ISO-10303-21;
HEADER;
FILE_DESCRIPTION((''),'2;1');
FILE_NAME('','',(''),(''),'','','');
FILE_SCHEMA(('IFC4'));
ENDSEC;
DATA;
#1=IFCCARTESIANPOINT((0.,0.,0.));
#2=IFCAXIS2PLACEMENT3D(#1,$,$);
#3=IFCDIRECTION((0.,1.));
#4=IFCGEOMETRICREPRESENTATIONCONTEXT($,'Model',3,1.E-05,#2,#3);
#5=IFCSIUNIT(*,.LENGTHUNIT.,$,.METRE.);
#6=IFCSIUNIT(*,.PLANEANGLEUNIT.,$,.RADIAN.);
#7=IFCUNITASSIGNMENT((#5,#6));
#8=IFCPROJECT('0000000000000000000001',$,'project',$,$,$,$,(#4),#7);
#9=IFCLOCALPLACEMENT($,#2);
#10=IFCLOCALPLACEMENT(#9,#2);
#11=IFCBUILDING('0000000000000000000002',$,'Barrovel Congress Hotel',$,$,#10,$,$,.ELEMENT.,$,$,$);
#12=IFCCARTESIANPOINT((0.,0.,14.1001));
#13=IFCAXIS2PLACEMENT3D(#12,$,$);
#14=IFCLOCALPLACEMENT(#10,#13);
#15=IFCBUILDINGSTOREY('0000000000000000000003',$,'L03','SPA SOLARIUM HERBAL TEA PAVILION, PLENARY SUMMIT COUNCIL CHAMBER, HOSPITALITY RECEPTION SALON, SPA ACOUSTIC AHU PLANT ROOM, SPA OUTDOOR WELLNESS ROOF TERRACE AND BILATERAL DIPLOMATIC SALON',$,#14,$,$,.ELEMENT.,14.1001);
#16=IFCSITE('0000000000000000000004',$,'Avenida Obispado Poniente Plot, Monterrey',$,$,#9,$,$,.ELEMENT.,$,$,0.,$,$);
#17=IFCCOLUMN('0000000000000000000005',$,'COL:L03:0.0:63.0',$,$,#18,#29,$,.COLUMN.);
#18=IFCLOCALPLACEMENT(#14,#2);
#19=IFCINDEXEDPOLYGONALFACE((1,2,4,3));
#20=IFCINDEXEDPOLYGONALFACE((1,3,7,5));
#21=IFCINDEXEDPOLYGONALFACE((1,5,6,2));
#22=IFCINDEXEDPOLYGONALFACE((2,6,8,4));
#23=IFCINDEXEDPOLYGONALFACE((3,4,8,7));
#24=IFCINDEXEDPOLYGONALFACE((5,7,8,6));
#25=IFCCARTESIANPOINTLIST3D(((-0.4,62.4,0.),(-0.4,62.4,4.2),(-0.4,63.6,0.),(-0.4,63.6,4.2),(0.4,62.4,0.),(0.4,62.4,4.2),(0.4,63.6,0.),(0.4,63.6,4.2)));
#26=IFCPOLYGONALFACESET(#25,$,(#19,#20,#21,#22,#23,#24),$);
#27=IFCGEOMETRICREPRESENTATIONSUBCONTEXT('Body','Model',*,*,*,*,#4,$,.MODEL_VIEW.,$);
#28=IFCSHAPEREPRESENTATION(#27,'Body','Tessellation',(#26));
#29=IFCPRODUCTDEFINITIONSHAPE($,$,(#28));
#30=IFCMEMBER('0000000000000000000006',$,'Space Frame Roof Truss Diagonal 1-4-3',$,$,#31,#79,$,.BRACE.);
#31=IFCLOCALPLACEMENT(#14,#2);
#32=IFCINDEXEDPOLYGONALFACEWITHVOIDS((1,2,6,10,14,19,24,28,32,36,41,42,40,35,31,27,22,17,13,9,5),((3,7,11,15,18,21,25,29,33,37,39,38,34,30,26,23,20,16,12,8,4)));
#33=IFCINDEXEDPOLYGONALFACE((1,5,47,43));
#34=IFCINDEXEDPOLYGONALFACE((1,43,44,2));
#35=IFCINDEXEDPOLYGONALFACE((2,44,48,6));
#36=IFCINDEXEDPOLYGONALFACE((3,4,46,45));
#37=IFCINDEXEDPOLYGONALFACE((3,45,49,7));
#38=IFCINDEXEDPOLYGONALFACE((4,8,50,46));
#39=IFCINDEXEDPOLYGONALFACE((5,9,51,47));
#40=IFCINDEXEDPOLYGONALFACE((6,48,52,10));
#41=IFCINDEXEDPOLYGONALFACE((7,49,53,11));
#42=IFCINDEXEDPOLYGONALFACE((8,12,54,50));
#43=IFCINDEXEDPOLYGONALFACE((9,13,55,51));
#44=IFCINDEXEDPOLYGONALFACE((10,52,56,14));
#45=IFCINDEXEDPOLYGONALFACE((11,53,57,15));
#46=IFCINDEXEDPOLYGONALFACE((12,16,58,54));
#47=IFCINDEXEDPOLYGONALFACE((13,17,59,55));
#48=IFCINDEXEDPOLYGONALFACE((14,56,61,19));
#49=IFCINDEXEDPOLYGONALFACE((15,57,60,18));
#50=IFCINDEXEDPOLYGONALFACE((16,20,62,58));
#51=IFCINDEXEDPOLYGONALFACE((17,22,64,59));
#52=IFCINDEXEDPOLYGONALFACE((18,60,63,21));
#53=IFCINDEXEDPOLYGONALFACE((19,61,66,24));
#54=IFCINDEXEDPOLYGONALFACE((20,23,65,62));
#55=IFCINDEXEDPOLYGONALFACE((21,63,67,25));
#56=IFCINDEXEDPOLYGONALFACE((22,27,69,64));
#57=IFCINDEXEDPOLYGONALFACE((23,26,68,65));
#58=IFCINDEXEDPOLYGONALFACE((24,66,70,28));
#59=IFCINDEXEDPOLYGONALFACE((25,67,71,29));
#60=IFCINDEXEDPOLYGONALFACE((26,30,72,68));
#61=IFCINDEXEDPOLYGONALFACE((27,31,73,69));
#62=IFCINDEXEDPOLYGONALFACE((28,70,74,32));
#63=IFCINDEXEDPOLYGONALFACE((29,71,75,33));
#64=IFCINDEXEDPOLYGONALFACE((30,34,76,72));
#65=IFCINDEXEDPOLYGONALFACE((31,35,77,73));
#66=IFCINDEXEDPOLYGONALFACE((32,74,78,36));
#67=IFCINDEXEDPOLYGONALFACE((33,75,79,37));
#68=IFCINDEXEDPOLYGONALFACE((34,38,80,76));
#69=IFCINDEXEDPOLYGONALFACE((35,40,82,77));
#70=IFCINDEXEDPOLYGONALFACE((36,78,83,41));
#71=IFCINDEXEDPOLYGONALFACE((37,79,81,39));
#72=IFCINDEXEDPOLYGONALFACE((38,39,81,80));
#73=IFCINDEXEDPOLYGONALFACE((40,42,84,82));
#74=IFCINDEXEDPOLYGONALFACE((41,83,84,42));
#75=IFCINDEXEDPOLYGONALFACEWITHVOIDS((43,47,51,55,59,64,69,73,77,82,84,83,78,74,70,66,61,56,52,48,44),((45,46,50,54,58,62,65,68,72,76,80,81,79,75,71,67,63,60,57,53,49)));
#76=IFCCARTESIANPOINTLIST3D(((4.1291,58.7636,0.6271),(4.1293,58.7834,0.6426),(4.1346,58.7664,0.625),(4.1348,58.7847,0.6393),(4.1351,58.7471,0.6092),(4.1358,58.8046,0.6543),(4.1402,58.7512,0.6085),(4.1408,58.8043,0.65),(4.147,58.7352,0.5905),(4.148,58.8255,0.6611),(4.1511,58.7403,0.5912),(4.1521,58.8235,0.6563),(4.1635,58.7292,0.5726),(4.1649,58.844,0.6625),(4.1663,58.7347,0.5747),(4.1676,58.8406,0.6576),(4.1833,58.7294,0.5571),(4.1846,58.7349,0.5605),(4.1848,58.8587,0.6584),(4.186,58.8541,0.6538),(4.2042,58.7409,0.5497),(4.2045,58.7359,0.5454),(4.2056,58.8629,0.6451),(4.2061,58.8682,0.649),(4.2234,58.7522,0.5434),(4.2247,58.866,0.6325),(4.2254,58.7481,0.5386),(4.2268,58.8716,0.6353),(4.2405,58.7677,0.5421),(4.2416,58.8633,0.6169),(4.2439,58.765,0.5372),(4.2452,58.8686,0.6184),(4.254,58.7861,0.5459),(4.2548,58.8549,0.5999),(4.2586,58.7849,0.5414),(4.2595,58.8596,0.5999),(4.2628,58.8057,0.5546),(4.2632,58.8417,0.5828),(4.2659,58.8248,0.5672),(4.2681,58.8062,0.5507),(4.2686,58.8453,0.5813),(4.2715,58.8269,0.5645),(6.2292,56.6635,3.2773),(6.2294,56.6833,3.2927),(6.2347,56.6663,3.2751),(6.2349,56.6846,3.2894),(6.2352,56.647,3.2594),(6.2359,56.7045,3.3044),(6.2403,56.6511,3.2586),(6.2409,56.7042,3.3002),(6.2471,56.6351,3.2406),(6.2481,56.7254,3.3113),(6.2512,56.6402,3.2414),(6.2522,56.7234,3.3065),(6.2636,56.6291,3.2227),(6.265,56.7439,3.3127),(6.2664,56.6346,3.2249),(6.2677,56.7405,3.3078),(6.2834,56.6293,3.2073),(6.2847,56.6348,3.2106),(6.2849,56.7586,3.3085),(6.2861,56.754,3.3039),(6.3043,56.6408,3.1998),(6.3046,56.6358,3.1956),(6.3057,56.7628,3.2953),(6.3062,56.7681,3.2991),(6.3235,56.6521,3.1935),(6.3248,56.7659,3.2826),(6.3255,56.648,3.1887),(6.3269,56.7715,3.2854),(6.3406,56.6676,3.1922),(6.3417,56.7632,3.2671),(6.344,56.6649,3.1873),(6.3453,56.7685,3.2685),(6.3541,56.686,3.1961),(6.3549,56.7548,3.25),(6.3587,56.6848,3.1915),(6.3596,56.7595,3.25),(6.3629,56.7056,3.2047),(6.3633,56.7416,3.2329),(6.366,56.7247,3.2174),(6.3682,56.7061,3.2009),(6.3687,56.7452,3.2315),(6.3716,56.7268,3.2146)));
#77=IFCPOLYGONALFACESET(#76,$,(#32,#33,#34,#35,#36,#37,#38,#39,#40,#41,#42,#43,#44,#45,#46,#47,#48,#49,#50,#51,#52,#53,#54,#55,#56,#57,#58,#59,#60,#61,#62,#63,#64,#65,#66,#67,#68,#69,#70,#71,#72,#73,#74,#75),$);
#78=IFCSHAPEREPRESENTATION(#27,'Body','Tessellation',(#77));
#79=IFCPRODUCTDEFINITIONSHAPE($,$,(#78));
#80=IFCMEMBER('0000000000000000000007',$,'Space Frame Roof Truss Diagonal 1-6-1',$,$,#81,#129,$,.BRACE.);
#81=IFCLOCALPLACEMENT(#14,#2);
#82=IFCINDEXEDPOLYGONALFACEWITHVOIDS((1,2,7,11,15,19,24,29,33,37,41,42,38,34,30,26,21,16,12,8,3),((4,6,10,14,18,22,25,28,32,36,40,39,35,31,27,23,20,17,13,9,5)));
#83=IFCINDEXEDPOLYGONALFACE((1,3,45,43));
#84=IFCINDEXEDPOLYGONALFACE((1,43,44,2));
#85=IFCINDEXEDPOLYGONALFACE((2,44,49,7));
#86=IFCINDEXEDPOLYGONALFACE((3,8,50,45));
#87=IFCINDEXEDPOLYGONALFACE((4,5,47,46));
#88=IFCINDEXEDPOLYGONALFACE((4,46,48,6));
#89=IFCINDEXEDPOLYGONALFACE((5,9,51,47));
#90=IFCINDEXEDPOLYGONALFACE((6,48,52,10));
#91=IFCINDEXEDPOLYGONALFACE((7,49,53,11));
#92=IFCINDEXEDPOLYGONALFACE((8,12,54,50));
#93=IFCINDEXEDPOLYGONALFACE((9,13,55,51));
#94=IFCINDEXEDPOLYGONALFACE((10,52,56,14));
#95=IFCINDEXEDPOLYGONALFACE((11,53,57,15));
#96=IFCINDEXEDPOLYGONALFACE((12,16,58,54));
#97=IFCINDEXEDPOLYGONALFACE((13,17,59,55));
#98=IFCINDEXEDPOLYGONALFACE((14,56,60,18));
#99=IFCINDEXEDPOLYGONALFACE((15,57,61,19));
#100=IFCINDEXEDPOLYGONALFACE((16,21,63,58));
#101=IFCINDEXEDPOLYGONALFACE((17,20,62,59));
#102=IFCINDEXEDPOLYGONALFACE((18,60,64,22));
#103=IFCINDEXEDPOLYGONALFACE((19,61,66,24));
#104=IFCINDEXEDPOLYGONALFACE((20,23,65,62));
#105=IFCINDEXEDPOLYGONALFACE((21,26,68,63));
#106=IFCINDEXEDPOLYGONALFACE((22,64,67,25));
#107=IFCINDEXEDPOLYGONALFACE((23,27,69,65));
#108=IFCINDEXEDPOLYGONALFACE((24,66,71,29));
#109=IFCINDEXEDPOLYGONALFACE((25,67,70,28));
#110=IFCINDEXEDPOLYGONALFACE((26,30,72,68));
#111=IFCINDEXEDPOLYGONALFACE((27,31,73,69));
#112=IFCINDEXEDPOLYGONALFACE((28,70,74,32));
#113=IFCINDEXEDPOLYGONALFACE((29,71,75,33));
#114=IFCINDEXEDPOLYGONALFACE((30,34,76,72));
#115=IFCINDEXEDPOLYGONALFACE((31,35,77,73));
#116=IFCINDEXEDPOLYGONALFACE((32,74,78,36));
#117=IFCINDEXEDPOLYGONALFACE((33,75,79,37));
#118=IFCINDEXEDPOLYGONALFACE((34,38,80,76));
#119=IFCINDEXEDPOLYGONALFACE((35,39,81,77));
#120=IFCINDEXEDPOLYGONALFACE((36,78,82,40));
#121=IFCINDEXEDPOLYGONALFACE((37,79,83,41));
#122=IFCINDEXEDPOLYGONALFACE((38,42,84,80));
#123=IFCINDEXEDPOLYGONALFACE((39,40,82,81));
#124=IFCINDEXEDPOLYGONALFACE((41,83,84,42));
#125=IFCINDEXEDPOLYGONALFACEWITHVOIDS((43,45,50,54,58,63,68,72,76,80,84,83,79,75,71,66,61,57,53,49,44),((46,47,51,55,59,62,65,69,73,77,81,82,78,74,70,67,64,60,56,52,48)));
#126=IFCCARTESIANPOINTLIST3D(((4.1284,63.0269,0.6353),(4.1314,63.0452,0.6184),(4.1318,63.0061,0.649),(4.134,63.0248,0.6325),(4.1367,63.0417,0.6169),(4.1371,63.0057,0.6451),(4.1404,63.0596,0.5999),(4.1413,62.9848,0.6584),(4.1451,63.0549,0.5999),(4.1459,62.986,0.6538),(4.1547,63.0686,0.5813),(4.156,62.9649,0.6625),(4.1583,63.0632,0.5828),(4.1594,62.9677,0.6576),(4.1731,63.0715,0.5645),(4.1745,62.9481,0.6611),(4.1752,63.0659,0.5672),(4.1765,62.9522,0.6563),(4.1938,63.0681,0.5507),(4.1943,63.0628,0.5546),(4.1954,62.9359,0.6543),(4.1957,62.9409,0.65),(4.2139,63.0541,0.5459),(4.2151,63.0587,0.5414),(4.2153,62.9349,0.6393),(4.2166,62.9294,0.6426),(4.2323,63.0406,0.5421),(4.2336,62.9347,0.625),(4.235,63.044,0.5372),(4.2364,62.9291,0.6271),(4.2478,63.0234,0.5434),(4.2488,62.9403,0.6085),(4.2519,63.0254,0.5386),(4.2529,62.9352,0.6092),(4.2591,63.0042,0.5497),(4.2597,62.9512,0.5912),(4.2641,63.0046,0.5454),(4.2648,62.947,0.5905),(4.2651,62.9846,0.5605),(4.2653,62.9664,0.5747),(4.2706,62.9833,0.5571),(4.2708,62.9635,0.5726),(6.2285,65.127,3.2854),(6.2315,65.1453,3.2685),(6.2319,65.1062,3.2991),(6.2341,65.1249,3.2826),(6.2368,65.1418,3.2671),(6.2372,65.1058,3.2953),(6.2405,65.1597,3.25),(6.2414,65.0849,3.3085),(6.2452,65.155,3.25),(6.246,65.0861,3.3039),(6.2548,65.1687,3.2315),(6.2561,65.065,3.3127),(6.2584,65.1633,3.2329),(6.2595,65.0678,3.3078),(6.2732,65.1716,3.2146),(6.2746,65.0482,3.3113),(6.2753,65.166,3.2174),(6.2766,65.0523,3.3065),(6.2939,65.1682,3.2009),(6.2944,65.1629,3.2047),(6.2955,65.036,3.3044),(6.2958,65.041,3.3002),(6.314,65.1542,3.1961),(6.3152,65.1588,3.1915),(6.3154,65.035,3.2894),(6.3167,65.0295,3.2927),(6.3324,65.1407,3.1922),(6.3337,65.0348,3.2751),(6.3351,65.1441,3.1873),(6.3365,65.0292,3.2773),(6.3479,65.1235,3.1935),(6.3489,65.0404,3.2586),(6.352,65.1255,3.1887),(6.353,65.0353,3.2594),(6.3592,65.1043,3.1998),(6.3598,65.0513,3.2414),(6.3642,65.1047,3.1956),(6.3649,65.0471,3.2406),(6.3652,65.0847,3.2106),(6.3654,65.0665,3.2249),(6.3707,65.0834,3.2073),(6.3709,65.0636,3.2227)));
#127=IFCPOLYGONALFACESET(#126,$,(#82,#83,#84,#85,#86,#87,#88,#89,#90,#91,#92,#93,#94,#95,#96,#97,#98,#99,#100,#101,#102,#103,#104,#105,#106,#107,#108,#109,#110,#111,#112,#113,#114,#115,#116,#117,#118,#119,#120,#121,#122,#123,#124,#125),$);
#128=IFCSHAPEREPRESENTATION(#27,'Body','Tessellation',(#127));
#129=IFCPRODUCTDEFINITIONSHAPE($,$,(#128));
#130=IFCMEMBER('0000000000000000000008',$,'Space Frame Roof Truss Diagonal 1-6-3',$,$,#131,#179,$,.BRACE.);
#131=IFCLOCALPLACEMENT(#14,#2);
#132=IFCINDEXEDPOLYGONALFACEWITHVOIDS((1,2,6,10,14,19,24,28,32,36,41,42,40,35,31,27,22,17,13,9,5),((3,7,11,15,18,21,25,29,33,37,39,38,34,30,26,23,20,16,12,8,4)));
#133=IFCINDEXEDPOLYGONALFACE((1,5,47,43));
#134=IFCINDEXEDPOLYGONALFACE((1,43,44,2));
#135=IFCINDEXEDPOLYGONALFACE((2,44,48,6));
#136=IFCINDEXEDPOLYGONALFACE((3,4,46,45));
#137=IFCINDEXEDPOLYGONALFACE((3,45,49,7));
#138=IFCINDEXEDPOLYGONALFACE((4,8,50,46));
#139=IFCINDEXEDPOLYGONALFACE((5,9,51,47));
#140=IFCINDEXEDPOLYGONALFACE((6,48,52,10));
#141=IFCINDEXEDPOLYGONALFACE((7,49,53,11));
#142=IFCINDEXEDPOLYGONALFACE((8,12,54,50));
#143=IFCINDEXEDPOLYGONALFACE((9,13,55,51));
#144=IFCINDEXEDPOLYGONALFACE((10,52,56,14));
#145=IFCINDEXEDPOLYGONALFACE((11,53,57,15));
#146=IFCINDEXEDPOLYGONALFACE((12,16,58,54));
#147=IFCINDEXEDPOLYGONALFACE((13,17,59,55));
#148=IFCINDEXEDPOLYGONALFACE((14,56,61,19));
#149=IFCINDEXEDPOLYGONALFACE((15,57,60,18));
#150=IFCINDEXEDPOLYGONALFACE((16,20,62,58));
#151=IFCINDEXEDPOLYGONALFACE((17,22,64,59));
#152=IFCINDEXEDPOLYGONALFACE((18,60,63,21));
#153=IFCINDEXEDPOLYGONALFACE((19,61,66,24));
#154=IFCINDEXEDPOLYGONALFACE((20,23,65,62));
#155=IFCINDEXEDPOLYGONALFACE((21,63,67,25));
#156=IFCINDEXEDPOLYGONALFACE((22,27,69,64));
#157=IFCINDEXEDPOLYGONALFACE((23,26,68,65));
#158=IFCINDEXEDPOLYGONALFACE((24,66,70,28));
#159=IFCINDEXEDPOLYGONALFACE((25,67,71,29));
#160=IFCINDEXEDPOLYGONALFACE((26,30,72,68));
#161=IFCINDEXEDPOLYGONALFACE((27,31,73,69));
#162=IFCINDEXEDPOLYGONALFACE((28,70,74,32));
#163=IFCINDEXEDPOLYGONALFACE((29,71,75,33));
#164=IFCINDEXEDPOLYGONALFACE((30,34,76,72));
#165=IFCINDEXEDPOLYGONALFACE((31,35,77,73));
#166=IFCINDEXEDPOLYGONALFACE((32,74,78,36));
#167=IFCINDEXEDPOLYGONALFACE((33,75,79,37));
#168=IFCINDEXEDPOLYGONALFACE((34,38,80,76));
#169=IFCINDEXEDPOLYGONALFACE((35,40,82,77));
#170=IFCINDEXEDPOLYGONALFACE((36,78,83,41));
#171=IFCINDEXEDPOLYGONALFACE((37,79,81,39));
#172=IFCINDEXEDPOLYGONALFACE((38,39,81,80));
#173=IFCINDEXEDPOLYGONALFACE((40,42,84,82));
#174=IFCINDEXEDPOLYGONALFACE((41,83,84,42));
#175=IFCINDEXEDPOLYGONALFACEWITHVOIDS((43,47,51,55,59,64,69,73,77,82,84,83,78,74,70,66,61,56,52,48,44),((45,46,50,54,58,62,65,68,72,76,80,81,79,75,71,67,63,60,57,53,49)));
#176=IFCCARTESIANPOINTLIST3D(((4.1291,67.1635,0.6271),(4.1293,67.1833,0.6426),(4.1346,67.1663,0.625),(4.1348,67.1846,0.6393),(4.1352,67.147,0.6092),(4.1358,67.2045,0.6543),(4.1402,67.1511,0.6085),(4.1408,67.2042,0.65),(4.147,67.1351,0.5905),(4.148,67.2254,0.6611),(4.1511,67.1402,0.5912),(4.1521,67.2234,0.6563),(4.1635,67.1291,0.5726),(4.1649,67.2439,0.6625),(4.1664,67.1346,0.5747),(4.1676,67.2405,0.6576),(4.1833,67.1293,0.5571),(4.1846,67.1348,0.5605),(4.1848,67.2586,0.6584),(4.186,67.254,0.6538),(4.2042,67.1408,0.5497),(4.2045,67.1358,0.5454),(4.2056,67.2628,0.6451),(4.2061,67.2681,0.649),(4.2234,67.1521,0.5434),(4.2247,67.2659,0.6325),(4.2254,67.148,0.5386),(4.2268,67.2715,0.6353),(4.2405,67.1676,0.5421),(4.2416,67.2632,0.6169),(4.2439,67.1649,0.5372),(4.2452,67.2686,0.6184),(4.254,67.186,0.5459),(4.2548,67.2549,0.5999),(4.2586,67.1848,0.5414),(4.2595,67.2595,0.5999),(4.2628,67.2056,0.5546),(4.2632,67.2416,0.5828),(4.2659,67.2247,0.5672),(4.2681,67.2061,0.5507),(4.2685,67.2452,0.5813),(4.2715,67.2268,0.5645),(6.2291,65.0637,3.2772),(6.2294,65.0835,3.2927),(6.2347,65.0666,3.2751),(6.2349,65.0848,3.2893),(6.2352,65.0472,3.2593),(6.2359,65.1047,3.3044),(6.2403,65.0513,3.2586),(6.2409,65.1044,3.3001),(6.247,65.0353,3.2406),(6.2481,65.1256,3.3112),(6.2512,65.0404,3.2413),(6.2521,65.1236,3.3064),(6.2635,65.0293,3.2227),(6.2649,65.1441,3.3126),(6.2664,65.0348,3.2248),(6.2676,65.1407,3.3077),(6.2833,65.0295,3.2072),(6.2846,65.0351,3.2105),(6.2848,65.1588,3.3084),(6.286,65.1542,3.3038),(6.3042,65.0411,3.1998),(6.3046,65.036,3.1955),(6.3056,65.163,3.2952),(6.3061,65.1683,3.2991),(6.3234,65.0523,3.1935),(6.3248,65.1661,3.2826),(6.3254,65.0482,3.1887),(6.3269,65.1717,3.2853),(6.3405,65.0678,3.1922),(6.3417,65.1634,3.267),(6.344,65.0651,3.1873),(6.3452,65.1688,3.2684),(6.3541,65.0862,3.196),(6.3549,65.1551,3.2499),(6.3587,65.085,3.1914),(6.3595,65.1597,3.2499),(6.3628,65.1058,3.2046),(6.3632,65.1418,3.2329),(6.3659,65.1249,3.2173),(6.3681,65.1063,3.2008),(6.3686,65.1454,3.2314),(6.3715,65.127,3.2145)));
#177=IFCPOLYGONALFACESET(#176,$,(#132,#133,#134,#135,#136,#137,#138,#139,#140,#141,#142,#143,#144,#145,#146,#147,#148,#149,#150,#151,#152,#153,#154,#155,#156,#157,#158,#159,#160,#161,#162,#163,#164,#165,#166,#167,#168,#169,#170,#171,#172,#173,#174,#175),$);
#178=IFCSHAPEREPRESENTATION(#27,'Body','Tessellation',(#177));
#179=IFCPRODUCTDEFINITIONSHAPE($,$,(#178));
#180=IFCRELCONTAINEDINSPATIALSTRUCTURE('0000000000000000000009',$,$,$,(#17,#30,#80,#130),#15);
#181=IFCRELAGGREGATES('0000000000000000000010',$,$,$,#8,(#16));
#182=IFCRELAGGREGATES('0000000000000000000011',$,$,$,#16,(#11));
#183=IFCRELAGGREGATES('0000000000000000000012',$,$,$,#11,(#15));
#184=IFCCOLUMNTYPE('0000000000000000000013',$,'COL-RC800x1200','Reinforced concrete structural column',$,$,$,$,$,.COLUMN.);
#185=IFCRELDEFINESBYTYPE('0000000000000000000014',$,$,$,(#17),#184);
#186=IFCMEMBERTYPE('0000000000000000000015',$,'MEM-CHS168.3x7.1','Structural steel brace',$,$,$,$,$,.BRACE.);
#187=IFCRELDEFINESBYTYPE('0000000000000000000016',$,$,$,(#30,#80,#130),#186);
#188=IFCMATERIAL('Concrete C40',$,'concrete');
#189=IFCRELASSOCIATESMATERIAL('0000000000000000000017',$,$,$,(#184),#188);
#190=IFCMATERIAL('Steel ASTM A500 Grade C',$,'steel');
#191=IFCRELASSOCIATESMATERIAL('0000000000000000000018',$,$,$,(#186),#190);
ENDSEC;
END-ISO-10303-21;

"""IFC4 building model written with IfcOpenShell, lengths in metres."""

from ifc_helpers import new_model, si_unit, direction, frame, origin, origin_2d, place, context, subcontext, project, spatial, rectangle, hollow_circle, extrude, material, material_profile, profile_set, type_object, element, save


model = new_model("IFC4")

# Units and contexts
model_context = context("Model", 3, precision=1e-05, world=origin(), true_north=direction((0.0, 1.0)))
body_context = subcontext(model_context, "Body", "Model", "MODEL_VIEW")
ifc_project = project(units=[si_unit("LENGTHUNIT", "METRE"), si_unit("PLANEANGLEUNIT", "RADIAN")], contexts=[model_context])

# Site, building, storey
site_placement = place(None, origin())
site = spatial("IfcSite", under=ifc_project, at=site_placement, Name="Avenida Obispado Poniente Plot, Monterrey", CompositionType="ELEMENT", RefElevation=0.0)
building_placement = place(site_placement, origin())
building = spatial("IfcBuilding", under=site, at=building_placement, Name="Barrovel Congress Hotel", CompositionType="ELEMENT")
storey_placement = place(building_placement, frame((0.0, 0.0, 14.1001)))
storey = spatial("IfcBuildingStorey", under=building, at=storey_placement, Name="L03", Description="SPA SOLARIUM HERBAL TEA PAVILION, PLENARY SUMMIT COUNCIL CHAMBER, HOSPITALITY RECEPTION SALON, SPA ACOUSTIC AHU PLANT ROOM, SPA OUTDOOR WELLNESS ROOF TERRACE AND BILATERAL DIPLOMATIC SALON", CompositionType="ELEMENT", Elevation=14.1001)

# Column
ifc_material_1 = material(Name="Concrete C40", Category="concrete")
ifc_material_profile_1 = material_profile(ifc_material_1, rectangle(XDim=0.8, YDim=1.2, at=origin_2d()), Name="RC800x1200")
ifc_profile_set_1 = profile_set([ifc_material_profile_1], Name="Concrete C40")
column_type = type_object("IfcColumnType", Name="COL-RC800x1200", Description="Reinforced concrete structural column", PredefinedType="COLUMN", material=ifc_profile_set_1)
column_placement = place(storey_placement, frame((0.0, 63.0, 0.0), z_axis=(0.0, 0.0, 1.0), x_axis=(1.0, 0.0, 0.0)))
element("IfcColumn", 1, at=column_placement, inside=storey, type_object=column_type, Name="COL:L03:0.0:63.0", PredefinedType="COLUMN", context=body_context, shape_type="SweptSolid", body=[
    extrude(rectangle(XDim=0.8, YDim=1.2, at=origin_2d()), origin(), (0.0, 0.0, 1.0), 4.2),
])

# Members
ifc_material_2 = material(Name="Steel ASTM A500 Grade C", Category="steel")
ifc_material_profile_2 = material_profile(ifc_material_2, hollow_circle(Radius=0.0842, WallThickness=0.0066, at=origin_2d()), Name="CHS168.3x7.1")
ifc_profile_set_2 = profile_set([ifc_material_profile_2], Name="Steel ASTM A500 Grade C")
member_type_1 = type_object("IfcMemberType", Name="MEM-CHS168.3x7.1", Description="Structural steel brace", PredefinedType="BRACE", material=ifc_profile_set_2)
for number, where, z_axis, x_axis, name in (
    (2, (4.2, 58.8, 0.5999), (0.527601, -0.527601, 0.665788), (0.707107, 0.707107, 0.0), "Space Frame Roof Truss Diagonal 1-4-3"),
    (3, (4.2, 63.0, 0.5999), (0.527601, 0.527601, 0.665788), (-0.707107, 0.707107, 0.0), "Space Frame Roof Truss Diagonal 1-6-1"),
):
    element("IfcMember", number, at=place(storey_placement, frame(where, z_axis=z_axis, x_axis=x_axis)), inside=storey, type_object=member_type_1, Name=name, PredefinedType="BRACE", context=body_context, shape_type="SweptSolid", body=[
        extrude(hollow_circle(Radius=0.0842, WallThickness=0.0066, at=origin_2d()), origin(), (0.0, 0.0, 1.0), 3.9805),
    ])
member_1_placement = place(storey_placement, frame((4.2, 67.2, 0.5999), z_axis=(0.527618, -0.527557, 0.66581), x_axis=(0.707066, 0.707148, 0.0)))
element("IfcMember", 4, at=member_1_placement, inside=storey, type_object=member_type_1, Name="Space Frame Roof Truss Diagonal 1-6-3", PredefinedType="BRACE", context=body_context, shape_type="SweptSolid", body=[
    extrude(hollow_circle(Radius=0.0842, WallThickness=0.0066, at=origin_2d()), origin(), (0.0, 0.0, 1.0), 3.9802),
])

save(model, "model.ifc")
